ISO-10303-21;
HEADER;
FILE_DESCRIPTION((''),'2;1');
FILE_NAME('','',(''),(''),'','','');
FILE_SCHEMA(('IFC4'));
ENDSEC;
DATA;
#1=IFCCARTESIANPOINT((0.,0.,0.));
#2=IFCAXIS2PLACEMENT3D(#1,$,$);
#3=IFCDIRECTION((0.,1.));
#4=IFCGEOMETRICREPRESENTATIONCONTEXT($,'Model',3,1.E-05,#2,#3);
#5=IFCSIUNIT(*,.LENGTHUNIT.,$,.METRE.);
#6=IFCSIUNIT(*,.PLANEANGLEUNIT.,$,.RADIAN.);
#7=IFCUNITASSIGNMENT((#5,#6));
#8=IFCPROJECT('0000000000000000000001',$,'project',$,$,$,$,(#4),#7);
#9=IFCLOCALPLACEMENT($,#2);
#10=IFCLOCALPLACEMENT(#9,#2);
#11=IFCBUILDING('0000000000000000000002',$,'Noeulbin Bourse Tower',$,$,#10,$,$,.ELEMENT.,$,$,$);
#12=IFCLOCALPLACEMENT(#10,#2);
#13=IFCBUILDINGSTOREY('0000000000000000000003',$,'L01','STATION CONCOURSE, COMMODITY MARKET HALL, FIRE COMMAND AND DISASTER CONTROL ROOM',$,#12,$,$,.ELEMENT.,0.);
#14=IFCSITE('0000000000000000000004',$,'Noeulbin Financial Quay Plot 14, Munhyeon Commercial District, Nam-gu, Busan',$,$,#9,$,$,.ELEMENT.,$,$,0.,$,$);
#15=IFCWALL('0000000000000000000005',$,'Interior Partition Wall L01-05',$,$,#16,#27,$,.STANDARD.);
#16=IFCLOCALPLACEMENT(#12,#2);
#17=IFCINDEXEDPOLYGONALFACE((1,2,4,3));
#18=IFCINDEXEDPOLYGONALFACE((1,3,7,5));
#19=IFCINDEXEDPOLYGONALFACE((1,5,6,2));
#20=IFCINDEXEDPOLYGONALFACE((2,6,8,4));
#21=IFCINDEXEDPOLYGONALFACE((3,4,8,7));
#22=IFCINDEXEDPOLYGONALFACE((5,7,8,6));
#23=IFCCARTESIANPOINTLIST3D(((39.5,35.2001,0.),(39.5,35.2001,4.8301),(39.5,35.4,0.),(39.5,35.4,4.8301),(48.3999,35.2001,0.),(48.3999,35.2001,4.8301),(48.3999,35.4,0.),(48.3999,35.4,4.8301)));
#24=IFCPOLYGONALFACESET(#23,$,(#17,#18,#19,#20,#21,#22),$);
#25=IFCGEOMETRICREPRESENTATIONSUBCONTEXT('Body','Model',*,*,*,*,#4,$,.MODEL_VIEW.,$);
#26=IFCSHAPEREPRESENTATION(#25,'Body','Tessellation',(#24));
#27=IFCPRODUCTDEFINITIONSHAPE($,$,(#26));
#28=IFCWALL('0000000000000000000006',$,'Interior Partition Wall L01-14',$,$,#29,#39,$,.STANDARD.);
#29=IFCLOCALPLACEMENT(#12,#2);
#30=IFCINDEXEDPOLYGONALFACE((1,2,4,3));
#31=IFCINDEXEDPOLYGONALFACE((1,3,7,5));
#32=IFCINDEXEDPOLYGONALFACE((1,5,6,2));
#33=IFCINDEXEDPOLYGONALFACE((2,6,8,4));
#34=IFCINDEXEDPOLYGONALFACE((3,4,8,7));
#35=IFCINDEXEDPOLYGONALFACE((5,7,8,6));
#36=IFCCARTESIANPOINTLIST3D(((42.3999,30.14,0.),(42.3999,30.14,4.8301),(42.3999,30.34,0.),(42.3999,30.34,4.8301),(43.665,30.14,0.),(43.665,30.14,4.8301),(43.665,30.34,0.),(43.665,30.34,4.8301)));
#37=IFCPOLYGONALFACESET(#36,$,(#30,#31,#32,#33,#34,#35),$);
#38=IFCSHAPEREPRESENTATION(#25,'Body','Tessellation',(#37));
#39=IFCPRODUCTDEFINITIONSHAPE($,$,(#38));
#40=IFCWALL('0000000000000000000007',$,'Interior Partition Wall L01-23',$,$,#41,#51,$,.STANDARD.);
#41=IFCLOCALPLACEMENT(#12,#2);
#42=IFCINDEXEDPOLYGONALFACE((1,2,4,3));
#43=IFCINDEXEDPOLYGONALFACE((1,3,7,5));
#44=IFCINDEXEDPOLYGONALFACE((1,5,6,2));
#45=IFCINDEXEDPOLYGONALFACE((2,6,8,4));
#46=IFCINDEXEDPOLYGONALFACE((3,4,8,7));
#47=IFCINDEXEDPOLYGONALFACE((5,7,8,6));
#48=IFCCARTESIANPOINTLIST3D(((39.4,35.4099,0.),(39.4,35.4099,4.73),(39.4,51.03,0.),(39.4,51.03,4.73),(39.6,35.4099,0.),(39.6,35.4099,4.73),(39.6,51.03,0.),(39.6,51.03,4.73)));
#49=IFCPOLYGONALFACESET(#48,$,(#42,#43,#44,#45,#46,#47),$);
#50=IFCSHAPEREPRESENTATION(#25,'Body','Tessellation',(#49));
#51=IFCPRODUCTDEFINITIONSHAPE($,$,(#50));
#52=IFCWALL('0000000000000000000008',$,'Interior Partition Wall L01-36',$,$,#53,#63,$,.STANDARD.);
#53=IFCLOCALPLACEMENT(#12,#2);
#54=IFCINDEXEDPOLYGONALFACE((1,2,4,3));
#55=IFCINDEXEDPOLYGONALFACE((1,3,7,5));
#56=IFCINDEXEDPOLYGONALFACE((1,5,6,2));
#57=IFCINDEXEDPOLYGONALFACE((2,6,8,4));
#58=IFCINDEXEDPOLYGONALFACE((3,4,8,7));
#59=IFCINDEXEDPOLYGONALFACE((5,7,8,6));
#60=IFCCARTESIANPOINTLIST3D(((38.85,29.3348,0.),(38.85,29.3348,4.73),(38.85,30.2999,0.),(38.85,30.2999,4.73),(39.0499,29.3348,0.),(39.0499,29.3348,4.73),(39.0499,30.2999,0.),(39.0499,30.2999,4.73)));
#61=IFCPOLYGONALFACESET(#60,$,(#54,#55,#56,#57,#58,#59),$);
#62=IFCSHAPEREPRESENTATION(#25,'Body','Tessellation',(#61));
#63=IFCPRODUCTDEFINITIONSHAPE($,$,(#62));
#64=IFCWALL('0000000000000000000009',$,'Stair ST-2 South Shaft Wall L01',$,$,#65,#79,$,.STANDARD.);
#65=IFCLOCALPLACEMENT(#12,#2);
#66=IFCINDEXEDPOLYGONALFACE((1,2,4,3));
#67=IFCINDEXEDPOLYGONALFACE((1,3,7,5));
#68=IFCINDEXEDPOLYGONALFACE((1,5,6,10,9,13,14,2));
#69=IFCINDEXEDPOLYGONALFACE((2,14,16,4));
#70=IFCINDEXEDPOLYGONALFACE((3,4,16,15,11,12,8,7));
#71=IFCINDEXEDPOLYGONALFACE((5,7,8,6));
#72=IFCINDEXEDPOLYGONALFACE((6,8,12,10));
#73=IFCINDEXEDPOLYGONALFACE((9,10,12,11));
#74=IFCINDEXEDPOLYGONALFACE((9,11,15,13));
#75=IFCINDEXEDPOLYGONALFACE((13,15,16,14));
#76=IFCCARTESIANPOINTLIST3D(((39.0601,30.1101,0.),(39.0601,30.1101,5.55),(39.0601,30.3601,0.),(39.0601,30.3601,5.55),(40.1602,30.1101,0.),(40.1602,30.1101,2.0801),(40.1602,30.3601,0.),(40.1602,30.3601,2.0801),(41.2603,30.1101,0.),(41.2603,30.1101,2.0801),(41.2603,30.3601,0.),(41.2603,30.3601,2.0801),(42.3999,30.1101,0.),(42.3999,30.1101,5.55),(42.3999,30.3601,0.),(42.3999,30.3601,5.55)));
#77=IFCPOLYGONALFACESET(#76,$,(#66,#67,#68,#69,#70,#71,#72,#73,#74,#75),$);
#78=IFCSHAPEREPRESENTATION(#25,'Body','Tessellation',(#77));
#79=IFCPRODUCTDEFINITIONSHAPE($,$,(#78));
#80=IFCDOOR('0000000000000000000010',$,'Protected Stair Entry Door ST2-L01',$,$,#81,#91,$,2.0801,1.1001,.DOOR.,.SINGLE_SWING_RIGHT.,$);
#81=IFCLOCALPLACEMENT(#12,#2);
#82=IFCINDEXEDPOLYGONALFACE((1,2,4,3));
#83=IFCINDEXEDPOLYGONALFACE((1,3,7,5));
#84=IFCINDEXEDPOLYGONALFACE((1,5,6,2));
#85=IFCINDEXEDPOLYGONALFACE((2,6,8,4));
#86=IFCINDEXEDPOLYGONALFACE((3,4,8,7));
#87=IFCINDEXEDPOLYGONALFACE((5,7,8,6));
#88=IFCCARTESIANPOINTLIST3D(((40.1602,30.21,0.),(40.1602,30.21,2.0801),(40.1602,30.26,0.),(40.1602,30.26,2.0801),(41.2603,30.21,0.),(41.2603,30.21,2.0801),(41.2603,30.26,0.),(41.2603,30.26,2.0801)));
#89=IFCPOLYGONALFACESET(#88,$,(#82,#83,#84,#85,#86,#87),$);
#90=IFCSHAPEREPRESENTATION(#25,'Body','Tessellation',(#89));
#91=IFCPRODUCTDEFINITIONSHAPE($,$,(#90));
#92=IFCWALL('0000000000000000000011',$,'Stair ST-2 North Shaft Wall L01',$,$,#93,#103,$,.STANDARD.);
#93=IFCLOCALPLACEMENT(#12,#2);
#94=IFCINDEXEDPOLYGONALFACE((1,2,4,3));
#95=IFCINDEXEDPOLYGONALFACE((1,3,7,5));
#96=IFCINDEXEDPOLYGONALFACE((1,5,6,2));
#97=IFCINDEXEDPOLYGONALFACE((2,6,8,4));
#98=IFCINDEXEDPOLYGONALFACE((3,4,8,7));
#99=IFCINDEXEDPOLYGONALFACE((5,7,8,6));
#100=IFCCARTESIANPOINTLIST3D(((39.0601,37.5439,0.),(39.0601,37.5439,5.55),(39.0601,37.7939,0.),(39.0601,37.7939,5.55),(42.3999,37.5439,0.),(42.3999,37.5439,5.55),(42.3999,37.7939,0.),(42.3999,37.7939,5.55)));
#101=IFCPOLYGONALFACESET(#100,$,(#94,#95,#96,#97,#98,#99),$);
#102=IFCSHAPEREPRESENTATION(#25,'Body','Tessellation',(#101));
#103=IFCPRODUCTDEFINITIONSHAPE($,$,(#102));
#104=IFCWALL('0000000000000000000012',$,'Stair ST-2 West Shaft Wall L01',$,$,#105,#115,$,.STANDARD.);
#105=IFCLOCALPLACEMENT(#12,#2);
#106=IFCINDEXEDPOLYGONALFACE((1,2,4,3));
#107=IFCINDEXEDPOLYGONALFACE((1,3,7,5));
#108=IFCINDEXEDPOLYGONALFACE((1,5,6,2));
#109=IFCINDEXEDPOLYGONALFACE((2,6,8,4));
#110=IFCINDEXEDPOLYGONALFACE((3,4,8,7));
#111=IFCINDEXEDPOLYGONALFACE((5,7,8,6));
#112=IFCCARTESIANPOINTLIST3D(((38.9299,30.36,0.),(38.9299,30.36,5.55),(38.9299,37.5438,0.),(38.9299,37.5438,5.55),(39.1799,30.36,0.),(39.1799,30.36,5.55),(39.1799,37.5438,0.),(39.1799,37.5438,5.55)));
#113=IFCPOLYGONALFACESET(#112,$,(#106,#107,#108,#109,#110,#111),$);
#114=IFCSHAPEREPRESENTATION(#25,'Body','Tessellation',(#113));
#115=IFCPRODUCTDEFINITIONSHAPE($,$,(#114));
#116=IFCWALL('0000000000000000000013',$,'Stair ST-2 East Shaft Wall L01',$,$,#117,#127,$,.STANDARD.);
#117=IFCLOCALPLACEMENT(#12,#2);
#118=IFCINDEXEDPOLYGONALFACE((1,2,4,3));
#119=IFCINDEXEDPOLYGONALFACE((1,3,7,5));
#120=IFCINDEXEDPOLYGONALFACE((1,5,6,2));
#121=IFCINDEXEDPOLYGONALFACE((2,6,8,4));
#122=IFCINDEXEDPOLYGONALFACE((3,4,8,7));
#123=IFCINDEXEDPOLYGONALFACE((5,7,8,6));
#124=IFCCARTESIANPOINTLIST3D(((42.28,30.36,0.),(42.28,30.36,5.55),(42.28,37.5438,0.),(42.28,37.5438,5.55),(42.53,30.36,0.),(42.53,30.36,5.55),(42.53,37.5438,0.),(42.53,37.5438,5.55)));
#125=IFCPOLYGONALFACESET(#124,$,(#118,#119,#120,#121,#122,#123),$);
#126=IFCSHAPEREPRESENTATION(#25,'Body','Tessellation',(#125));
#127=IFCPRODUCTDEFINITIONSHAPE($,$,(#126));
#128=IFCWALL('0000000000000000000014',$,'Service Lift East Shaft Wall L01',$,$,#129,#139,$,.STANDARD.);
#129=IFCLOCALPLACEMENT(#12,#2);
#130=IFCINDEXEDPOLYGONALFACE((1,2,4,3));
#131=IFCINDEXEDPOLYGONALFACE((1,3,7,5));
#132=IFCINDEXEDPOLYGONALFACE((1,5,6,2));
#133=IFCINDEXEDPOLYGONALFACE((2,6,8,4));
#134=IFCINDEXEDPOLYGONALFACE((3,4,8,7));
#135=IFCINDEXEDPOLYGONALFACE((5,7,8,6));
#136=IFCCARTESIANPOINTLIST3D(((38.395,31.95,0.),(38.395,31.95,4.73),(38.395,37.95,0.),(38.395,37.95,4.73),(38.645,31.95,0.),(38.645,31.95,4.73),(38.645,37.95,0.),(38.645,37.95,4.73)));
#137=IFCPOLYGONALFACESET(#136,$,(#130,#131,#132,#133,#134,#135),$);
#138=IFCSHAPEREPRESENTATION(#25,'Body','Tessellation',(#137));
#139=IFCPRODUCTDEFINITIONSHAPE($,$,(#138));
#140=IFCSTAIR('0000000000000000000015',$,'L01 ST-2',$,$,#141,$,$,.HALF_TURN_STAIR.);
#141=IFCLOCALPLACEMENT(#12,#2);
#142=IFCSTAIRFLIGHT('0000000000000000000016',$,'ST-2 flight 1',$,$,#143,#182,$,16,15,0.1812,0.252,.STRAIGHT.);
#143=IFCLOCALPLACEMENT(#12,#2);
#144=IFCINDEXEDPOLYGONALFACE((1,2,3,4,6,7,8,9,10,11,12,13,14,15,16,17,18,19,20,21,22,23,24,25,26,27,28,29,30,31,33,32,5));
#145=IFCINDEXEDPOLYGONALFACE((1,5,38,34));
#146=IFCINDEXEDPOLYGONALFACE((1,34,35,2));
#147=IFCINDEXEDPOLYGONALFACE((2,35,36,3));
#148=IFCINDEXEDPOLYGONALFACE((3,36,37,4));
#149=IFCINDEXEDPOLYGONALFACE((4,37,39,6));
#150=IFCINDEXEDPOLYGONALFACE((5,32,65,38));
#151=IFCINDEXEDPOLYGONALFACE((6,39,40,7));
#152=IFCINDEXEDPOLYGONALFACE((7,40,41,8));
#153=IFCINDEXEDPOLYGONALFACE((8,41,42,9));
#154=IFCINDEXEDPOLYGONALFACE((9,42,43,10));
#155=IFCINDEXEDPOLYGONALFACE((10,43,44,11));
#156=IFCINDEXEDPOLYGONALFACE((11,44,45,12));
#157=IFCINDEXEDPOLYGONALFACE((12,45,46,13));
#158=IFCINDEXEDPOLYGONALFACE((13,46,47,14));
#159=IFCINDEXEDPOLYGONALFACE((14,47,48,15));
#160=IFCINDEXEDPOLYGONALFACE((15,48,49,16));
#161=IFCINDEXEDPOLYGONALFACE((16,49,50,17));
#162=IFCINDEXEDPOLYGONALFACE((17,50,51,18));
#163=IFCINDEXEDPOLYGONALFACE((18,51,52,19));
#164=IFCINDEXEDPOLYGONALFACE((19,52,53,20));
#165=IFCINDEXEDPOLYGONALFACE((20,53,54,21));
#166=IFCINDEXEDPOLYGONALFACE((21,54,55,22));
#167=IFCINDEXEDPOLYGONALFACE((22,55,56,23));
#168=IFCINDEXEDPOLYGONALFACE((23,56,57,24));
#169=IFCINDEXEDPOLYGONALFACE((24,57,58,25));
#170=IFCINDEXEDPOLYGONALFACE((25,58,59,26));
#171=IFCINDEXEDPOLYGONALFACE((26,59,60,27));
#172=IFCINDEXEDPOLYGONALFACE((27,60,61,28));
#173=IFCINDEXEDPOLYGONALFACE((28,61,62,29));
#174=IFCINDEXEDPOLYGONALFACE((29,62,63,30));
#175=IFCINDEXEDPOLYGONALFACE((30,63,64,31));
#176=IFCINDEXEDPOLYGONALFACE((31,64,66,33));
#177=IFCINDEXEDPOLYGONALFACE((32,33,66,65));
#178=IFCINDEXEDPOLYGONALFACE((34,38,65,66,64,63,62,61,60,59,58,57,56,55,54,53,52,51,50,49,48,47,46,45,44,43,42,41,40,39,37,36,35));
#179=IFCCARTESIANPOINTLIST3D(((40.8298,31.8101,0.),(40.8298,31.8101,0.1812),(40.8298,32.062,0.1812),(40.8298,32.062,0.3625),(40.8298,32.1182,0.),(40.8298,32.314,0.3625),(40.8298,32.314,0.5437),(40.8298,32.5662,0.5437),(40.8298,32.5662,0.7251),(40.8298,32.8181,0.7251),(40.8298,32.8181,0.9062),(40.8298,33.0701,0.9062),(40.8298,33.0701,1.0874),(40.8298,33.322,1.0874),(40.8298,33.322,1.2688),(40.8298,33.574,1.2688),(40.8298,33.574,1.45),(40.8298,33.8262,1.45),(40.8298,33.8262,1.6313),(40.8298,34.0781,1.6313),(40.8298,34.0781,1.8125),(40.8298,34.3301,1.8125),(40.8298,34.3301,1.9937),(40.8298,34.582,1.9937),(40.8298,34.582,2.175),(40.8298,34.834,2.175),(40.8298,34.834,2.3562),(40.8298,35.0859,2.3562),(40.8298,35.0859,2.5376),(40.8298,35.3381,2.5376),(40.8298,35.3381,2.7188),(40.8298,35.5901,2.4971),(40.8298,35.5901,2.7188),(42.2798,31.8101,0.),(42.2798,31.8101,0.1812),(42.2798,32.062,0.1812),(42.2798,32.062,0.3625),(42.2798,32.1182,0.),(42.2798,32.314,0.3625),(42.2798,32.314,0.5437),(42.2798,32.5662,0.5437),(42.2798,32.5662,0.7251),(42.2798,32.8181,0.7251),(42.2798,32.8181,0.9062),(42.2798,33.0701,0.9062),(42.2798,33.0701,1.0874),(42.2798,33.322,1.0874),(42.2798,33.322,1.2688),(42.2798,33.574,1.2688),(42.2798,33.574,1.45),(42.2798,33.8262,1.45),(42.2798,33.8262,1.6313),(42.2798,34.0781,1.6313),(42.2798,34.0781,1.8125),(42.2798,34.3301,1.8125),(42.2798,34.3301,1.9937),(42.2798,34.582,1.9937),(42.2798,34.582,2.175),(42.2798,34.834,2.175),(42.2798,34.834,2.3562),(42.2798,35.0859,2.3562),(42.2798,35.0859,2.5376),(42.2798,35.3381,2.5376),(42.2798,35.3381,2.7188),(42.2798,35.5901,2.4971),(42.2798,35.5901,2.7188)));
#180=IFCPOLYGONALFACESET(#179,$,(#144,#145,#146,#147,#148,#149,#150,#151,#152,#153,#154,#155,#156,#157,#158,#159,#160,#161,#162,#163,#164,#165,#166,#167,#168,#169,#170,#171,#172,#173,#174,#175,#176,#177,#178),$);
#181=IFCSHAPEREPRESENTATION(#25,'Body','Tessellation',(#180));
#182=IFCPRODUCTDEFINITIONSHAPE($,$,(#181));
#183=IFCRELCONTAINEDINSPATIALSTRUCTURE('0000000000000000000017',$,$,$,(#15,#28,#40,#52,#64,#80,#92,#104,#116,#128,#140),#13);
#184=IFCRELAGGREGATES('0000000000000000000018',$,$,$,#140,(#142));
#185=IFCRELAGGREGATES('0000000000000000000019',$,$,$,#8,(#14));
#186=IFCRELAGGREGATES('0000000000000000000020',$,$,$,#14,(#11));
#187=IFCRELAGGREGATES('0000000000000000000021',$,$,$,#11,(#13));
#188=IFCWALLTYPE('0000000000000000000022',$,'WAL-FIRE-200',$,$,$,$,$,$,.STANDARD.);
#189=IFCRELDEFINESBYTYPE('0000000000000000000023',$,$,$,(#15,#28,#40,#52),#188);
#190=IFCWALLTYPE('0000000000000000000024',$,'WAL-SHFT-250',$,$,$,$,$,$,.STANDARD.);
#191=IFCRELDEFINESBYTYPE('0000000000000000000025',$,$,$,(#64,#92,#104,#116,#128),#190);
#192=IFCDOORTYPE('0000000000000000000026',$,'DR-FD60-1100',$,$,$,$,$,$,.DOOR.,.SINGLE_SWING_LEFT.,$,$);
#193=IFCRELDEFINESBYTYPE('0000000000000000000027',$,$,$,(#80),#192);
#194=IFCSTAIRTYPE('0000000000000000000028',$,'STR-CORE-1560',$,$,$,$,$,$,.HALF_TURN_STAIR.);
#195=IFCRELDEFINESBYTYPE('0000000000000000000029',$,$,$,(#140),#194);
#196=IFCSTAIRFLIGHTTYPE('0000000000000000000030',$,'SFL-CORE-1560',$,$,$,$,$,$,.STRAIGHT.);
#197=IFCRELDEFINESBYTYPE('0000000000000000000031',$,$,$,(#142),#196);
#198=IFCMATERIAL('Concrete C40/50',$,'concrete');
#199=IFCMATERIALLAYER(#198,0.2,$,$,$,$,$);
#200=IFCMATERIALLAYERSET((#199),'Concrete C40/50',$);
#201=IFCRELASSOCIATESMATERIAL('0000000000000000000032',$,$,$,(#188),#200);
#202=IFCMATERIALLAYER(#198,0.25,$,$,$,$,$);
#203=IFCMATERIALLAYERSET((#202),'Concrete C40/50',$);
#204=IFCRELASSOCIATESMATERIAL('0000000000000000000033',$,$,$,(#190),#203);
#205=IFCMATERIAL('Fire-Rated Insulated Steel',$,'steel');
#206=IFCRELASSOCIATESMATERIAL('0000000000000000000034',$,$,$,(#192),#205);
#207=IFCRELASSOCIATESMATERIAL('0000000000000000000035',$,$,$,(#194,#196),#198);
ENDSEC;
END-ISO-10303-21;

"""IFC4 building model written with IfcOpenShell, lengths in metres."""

from ifc_helpers import new_model, si_unit, direction, frame, frame_2d, origin, place, context, subcontext, project, spatial, polyline, rectangle, outline, extrude, material, layer, layer_set, type_object, element, fill, aggregate, save


model = new_model("IFC4")

# Units and contexts
model_context = context("Model", 3, precision=1e-05, world=origin(), true_north=direction((0.0, 1.0)))
body_context = subcontext(model_context, "Body", "Model", "MODEL_VIEW")
ifc_project = project(units=[si_unit("LENGTHUNIT", "METRE"), si_unit("PLANEANGLEUNIT", "RADIAN")], contexts=[model_context])

# Site, building, storey
site_placement = place(None, origin())
site = spatial("IfcSite", under=ifc_project, at=site_placement, Name="Noeulbin Financial Quay Plot 14, Munhyeon Commercial District, Nam-gu, Busan", CompositionType="ELEMENT", RefElevation=0.0)
building_placement = place(site_placement, origin())
building = spatial("IfcBuilding", under=site, at=building_placement, Name="Noeulbin Bourse Tower", CompositionType="ELEMENT")
storey_placement = place(building_placement, origin())
storey = spatial("IfcBuildingStorey", under=building, at=storey_placement, Name="L01", Description="STATION CONCOURSE, COMMODITY MARKET HALL, FIRE COMMAND AND DISASTER CONTROL ROOM", CompositionType="ELEMENT", Elevation=0.0)

# Walls
ifc_material_1 = material(Name="Concrete C40/50", Category="concrete")
ifc_layer_1 = layer(ifc_material_1, 0.2)
ifc_layer_set_1 = layer_set([ifc_layer_1], Name="Concrete C40/50")
wall_type_1 = type_object("IfcWallType", Name="WAL-FIRE-200", PredefinedType="STANDARD", material=ifc_layer_set_1)
wall_1_placement = place(storey_placement, frame((39.5, 35.3, 0.0), z_axis=(0.0, 0.0, 1.0), x_axis=(1.0, 0.0, 0.0)))
element("IfcWall", 1, at=wall_1_placement, inside=storey, type_object=wall_type_1, Name="Interior Partition Wall L01-05", PredefinedType="STANDARD", context=body_context, shape_type="SweptSolid", body=[
    extrude(rectangle(XDim=8.8999, YDim=0.2, at=frame_2d((4.45, 0.0))), origin(), (0.0, 0.0, 1.0), 4.8301),
])
wall_2_placement = place(storey_placement, frame((42.3999, 30.24, 0.0), z_axis=(0.0, 0.0, 1.0), x_axis=(1.0, 0.0, 0.0)))
element("IfcWall", 2, at=wall_2_placement, inside=storey, type_object=wall_type_1, Name="Interior Partition Wall L01-14", PredefinedType="STANDARD", context=body_context, shape_type="SweptSolid", body=[
    extrude(rectangle(XDim=1.2651, YDim=0.2, at=frame_2d((0.6326, 0.0))), origin(), (0.0, 0.0, 1.0), 4.8301),
])
wall_3_placement = place(storey_placement, frame((39.5, 35.4099, 0.0), z_axis=(0.0, 0.0, 1.0), x_axis=(0.0, 1.0, 0.0)))
element("IfcWall", 3, at=wall_3_placement, inside=storey, type_object=wall_type_1, Name="Interior Partition Wall L01-23", PredefinedType="STANDARD", context=body_context, shape_type="SweptSolid", body=[
    extrude(rectangle(XDim=15.6201, YDim=0.2, at=frame_2d((7.8101, 0.0))), origin(), (0.0, 0.0, 1.0), 4.73),
])
wall_4_placement = place(storey_placement, frame((38.95, 29.335, 0.0), z_axis=(0.0, 0.0, 1.0), x_axis=(0.0, 1.0, 0.0)))
element("IfcWall", 4, at=wall_4_placement, inside=storey, type_object=wall_type_1, Name="Interior Partition Wall L01-36", PredefinedType="STANDARD", context=body_context, shape_type="SweptSolid", body=[
    extrude(rectangle(XDim=0.9651, YDim=0.2, at=frame_2d((0.4824, 0.0))), origin(), (0.0, 0.0, 1.0), 4.73),
])

# Wall, opening, door
ifc_layer_2 = layer(ifc_material_1, 0.25)
ifc_layer_set_2 = layer_set([ifc_layer_2], Name="Concrete C40/50")
wall_type_2 = type_object("IfcWallType", Name="WAL-SHFT-250", PredefinedType="STANDARD", material=ifc_layer_set_2)
wall_5_placement = place(storey_placement, frame((39.0601, 30.2351, 0.0), z_axis=(0.0, 0.0, 1.0), x_axis=(1.0, 0.0, 0.0)))
wall_5 = element("IfcWall", 5, at=wall_5_placement, inside=storey, type_object=wall_type_2, Name="Stair ST-2 South Shaft Wall L01", PredefinedType="STANDARD", context=body_context, shape_type="SweptSolid", body=[
    extrude(rectangle(XDim=3.3398, YDim=0.25, at=frame_2d((1.6699, 0.0))), origin(), (0.0, 0.0, 1.0), 5.55),
])
opening_placement = place(wall_5_placement, frame((1.1001, 0.0, 0.0)))
opening = element("IfcOpeningElement", 6, at=opening_placement, cuts=wall_5, PredefinedType="OPENING", context=body_context, shape_type="SweptSolid", body=[
    extrude(rectangle(XDim=1.1001, YDim=2.0801, at=frame_2d((0.55, 1.04))), frame((0.0, 0.135, 0.0), z_axis=(0.0, -1.0, 0.0), x_axis=(1.0, 0.0, 0.0)), (0.0, 0.0, 1.0), 0.27),
])
ifc_material_2 = material(Name="Fire-Rated Insulated Steel", Category="steel")
door_type = type_object("IfcDoorType", Name="DR-FD60-1100", OperationType="SINGLE_SWING_LEFT", PredefinedType="DOOR", material=ifc_material_2)
door_placement = place(opening_placement, origin())
door = element("IfcDoor", 7, at=door_placement, inside=storey, type_object=door_type, Name="Protected Stair Entry Door ST2-L01", OperationType="SINGLE_SWING_RIGHT", OverallHeight=2.0801, OverallWidth=1.1001, PredefinedType="DOOR", context=body_context, shape_type="SweptSolid", body=[
    extrude(rectangle(XDim=1.1001, YDim=2.0801, at=frame_2d((0.55, 1.04))), frame((0.0, 0.0249, 0.0), z_axis=(0.0, -1.0, 0.0), x_axis=(1.0, 0.0, 0.0)), (0.0, 0.0, 1.0), 0.05),
])
fill(opening, door)

# Walls
wall_6_placement = place(storey_placement, frame((39.0601, 37.6689, 0.0), z_axis=(0.0, 0.0, 1.0), x_axis=(1.0, 0.0, 0.0)))
element("IfcWall", 8, at=wall_6_placement, inside=storey, type_object=wall_type_2, Name="Stair ST-2 North Shaft Wall L01", PredefinedType="STANDARD", context=body_context, shape_type="SweptSolid", body=[
    extrude(rectangle(XDim=3.3398, YDim=0.25, at=frame_2d((1.6699, 0.0))), origin(), (0.0, 0.0, 1.0), 5.55),
])
for number, where, z_axis, x_axis, name in (
    (9, (39.0549, 30.3601, 0.0), (0.0, 0.0, 1.0), (0.0, 1.0, 0.0), "Stair ST-2 West Shaft Wall L01"),
    (10, (42.405, 30.3601, 0.0), (0.0, 0.0, 1.0), (0.0, 1.0, 0.0), "Stair ST-2 East Shaft Wall L01"),
):
    element("IfcWall", number, at=place(storey_placement, frame(where, z_axis=z_axis, x_axis=x_axis)), inside=storey, type_object=wall_type_2, Name=name, PredefinedType="STANDARD", context=body_context, shape_type="SweptSolid", body=[
        extrude(rectangle(XDim=7.1838, YDim=0.25, at=frame_2d((3.5918, 0.0))), origin(), (0.0, 0.0, 1.0), 5.55),
    ])
wall_7_placement = place(storey_placement, frame((38.52, 31.95, 0.0), z_axis=(0.0, 0.0, 1.0), x_axis=(0.0, 1.0, 0.0)))
element("IfcWall", 11, at=wall_7_placement, inside=storey, type_object=wall_type_2, Name="Service Lift East Shaft Wall L01", PredefinedType="STANDARD", context=body_context, shape_type="SweptSolid", body=[
    extrude(rectangle(XDim=6.0, YDim=0.25, at=frame_2d((3.0, 0.0))), origin(), (0.0, 0.0, 1.0), 4.73),
])

# Stair, stair flight
stair_type = type_object("IfcStairType", Name="STR-CORE-1560", PredefinedType="HALF_TURN_STAIR", material=ifc_material_1)
stair_placement = place(storey_placement, origin())
stair = element("IfcStair", 12, at=stair_placement, inside=storey, type_object=stair_type, Name="L01 ST-2", PredefinedType="HALF_TURN_STAIR")
stair_flight_type = type_object("IfcStairFlightType", Name="SFL-CORE-1560", PredefinedType="STRAIGHT", material=ifc_material_1)
stair_flight_1_placement = place(storey_placement, frame((41.5549, 31.8101, 0.0), z_axis=(0.0, 0.0, 1.0), x_axis=(0.0, 1.0, 0.0)))
stair_flight_1 = element("IfcStairFlight", 13, at=stair_flight_1_placement, type_object=stair_flight_type, Name="ST-2 flight 1", NumberOfRisers=16, NumberOfTreads=15, PredefinedType="STRAIGHT", RiserHeight=0.1812, TreadLength=0.252, context=body_context, shape_type="SweptSolid", body=[
    extrude(outline(polyline([(0.0, 0.0), (0.0, 0.1812), (0.252, 0.1812), (0.252, 0.3625), (0.5039, 0.3625), (0.5039, 0.5437), (0.7561, 0.5437), (0.7561, 0.7251), (1.0081, 0.7251), (1.0081, 0.9062), (1.26, 0.9062), (1.26, 1.0874), (1.512, 1.0874), (1.512, 1.2688), (1.7639, 1.2688), (1.7639, 1.45), (2.0161, 1.45), (2.0161, 1.6313), (2.2681, 1.6313), (2.2681, 1.8125), (2.52, 1.8125), (2.52, 1.9937), (2.772, 1.9937), (2.772, 2.175), (3.0239, 2.175), (3.0239, 2.3562), (3.2759, 2.3562), (3.2759, 2.5376), (3.5281, 2.5376), (3.5281, 2.7188), (3.78, 2.7188), (3.78, 2.8999), (3.78, 2.4971), (0.3081, 0.0), (0.0, 0.0)])), frame((0.0, 0.7251, 0.0), z_axis=(0.0, -1.0, 0.0), x_axis=(1.0, 0.0, 0.0)), (0.0, 0.0, 1.0), 1.45),
])
aggregate(stair, [stair_flight_1])

save(model, "model.ifc")
